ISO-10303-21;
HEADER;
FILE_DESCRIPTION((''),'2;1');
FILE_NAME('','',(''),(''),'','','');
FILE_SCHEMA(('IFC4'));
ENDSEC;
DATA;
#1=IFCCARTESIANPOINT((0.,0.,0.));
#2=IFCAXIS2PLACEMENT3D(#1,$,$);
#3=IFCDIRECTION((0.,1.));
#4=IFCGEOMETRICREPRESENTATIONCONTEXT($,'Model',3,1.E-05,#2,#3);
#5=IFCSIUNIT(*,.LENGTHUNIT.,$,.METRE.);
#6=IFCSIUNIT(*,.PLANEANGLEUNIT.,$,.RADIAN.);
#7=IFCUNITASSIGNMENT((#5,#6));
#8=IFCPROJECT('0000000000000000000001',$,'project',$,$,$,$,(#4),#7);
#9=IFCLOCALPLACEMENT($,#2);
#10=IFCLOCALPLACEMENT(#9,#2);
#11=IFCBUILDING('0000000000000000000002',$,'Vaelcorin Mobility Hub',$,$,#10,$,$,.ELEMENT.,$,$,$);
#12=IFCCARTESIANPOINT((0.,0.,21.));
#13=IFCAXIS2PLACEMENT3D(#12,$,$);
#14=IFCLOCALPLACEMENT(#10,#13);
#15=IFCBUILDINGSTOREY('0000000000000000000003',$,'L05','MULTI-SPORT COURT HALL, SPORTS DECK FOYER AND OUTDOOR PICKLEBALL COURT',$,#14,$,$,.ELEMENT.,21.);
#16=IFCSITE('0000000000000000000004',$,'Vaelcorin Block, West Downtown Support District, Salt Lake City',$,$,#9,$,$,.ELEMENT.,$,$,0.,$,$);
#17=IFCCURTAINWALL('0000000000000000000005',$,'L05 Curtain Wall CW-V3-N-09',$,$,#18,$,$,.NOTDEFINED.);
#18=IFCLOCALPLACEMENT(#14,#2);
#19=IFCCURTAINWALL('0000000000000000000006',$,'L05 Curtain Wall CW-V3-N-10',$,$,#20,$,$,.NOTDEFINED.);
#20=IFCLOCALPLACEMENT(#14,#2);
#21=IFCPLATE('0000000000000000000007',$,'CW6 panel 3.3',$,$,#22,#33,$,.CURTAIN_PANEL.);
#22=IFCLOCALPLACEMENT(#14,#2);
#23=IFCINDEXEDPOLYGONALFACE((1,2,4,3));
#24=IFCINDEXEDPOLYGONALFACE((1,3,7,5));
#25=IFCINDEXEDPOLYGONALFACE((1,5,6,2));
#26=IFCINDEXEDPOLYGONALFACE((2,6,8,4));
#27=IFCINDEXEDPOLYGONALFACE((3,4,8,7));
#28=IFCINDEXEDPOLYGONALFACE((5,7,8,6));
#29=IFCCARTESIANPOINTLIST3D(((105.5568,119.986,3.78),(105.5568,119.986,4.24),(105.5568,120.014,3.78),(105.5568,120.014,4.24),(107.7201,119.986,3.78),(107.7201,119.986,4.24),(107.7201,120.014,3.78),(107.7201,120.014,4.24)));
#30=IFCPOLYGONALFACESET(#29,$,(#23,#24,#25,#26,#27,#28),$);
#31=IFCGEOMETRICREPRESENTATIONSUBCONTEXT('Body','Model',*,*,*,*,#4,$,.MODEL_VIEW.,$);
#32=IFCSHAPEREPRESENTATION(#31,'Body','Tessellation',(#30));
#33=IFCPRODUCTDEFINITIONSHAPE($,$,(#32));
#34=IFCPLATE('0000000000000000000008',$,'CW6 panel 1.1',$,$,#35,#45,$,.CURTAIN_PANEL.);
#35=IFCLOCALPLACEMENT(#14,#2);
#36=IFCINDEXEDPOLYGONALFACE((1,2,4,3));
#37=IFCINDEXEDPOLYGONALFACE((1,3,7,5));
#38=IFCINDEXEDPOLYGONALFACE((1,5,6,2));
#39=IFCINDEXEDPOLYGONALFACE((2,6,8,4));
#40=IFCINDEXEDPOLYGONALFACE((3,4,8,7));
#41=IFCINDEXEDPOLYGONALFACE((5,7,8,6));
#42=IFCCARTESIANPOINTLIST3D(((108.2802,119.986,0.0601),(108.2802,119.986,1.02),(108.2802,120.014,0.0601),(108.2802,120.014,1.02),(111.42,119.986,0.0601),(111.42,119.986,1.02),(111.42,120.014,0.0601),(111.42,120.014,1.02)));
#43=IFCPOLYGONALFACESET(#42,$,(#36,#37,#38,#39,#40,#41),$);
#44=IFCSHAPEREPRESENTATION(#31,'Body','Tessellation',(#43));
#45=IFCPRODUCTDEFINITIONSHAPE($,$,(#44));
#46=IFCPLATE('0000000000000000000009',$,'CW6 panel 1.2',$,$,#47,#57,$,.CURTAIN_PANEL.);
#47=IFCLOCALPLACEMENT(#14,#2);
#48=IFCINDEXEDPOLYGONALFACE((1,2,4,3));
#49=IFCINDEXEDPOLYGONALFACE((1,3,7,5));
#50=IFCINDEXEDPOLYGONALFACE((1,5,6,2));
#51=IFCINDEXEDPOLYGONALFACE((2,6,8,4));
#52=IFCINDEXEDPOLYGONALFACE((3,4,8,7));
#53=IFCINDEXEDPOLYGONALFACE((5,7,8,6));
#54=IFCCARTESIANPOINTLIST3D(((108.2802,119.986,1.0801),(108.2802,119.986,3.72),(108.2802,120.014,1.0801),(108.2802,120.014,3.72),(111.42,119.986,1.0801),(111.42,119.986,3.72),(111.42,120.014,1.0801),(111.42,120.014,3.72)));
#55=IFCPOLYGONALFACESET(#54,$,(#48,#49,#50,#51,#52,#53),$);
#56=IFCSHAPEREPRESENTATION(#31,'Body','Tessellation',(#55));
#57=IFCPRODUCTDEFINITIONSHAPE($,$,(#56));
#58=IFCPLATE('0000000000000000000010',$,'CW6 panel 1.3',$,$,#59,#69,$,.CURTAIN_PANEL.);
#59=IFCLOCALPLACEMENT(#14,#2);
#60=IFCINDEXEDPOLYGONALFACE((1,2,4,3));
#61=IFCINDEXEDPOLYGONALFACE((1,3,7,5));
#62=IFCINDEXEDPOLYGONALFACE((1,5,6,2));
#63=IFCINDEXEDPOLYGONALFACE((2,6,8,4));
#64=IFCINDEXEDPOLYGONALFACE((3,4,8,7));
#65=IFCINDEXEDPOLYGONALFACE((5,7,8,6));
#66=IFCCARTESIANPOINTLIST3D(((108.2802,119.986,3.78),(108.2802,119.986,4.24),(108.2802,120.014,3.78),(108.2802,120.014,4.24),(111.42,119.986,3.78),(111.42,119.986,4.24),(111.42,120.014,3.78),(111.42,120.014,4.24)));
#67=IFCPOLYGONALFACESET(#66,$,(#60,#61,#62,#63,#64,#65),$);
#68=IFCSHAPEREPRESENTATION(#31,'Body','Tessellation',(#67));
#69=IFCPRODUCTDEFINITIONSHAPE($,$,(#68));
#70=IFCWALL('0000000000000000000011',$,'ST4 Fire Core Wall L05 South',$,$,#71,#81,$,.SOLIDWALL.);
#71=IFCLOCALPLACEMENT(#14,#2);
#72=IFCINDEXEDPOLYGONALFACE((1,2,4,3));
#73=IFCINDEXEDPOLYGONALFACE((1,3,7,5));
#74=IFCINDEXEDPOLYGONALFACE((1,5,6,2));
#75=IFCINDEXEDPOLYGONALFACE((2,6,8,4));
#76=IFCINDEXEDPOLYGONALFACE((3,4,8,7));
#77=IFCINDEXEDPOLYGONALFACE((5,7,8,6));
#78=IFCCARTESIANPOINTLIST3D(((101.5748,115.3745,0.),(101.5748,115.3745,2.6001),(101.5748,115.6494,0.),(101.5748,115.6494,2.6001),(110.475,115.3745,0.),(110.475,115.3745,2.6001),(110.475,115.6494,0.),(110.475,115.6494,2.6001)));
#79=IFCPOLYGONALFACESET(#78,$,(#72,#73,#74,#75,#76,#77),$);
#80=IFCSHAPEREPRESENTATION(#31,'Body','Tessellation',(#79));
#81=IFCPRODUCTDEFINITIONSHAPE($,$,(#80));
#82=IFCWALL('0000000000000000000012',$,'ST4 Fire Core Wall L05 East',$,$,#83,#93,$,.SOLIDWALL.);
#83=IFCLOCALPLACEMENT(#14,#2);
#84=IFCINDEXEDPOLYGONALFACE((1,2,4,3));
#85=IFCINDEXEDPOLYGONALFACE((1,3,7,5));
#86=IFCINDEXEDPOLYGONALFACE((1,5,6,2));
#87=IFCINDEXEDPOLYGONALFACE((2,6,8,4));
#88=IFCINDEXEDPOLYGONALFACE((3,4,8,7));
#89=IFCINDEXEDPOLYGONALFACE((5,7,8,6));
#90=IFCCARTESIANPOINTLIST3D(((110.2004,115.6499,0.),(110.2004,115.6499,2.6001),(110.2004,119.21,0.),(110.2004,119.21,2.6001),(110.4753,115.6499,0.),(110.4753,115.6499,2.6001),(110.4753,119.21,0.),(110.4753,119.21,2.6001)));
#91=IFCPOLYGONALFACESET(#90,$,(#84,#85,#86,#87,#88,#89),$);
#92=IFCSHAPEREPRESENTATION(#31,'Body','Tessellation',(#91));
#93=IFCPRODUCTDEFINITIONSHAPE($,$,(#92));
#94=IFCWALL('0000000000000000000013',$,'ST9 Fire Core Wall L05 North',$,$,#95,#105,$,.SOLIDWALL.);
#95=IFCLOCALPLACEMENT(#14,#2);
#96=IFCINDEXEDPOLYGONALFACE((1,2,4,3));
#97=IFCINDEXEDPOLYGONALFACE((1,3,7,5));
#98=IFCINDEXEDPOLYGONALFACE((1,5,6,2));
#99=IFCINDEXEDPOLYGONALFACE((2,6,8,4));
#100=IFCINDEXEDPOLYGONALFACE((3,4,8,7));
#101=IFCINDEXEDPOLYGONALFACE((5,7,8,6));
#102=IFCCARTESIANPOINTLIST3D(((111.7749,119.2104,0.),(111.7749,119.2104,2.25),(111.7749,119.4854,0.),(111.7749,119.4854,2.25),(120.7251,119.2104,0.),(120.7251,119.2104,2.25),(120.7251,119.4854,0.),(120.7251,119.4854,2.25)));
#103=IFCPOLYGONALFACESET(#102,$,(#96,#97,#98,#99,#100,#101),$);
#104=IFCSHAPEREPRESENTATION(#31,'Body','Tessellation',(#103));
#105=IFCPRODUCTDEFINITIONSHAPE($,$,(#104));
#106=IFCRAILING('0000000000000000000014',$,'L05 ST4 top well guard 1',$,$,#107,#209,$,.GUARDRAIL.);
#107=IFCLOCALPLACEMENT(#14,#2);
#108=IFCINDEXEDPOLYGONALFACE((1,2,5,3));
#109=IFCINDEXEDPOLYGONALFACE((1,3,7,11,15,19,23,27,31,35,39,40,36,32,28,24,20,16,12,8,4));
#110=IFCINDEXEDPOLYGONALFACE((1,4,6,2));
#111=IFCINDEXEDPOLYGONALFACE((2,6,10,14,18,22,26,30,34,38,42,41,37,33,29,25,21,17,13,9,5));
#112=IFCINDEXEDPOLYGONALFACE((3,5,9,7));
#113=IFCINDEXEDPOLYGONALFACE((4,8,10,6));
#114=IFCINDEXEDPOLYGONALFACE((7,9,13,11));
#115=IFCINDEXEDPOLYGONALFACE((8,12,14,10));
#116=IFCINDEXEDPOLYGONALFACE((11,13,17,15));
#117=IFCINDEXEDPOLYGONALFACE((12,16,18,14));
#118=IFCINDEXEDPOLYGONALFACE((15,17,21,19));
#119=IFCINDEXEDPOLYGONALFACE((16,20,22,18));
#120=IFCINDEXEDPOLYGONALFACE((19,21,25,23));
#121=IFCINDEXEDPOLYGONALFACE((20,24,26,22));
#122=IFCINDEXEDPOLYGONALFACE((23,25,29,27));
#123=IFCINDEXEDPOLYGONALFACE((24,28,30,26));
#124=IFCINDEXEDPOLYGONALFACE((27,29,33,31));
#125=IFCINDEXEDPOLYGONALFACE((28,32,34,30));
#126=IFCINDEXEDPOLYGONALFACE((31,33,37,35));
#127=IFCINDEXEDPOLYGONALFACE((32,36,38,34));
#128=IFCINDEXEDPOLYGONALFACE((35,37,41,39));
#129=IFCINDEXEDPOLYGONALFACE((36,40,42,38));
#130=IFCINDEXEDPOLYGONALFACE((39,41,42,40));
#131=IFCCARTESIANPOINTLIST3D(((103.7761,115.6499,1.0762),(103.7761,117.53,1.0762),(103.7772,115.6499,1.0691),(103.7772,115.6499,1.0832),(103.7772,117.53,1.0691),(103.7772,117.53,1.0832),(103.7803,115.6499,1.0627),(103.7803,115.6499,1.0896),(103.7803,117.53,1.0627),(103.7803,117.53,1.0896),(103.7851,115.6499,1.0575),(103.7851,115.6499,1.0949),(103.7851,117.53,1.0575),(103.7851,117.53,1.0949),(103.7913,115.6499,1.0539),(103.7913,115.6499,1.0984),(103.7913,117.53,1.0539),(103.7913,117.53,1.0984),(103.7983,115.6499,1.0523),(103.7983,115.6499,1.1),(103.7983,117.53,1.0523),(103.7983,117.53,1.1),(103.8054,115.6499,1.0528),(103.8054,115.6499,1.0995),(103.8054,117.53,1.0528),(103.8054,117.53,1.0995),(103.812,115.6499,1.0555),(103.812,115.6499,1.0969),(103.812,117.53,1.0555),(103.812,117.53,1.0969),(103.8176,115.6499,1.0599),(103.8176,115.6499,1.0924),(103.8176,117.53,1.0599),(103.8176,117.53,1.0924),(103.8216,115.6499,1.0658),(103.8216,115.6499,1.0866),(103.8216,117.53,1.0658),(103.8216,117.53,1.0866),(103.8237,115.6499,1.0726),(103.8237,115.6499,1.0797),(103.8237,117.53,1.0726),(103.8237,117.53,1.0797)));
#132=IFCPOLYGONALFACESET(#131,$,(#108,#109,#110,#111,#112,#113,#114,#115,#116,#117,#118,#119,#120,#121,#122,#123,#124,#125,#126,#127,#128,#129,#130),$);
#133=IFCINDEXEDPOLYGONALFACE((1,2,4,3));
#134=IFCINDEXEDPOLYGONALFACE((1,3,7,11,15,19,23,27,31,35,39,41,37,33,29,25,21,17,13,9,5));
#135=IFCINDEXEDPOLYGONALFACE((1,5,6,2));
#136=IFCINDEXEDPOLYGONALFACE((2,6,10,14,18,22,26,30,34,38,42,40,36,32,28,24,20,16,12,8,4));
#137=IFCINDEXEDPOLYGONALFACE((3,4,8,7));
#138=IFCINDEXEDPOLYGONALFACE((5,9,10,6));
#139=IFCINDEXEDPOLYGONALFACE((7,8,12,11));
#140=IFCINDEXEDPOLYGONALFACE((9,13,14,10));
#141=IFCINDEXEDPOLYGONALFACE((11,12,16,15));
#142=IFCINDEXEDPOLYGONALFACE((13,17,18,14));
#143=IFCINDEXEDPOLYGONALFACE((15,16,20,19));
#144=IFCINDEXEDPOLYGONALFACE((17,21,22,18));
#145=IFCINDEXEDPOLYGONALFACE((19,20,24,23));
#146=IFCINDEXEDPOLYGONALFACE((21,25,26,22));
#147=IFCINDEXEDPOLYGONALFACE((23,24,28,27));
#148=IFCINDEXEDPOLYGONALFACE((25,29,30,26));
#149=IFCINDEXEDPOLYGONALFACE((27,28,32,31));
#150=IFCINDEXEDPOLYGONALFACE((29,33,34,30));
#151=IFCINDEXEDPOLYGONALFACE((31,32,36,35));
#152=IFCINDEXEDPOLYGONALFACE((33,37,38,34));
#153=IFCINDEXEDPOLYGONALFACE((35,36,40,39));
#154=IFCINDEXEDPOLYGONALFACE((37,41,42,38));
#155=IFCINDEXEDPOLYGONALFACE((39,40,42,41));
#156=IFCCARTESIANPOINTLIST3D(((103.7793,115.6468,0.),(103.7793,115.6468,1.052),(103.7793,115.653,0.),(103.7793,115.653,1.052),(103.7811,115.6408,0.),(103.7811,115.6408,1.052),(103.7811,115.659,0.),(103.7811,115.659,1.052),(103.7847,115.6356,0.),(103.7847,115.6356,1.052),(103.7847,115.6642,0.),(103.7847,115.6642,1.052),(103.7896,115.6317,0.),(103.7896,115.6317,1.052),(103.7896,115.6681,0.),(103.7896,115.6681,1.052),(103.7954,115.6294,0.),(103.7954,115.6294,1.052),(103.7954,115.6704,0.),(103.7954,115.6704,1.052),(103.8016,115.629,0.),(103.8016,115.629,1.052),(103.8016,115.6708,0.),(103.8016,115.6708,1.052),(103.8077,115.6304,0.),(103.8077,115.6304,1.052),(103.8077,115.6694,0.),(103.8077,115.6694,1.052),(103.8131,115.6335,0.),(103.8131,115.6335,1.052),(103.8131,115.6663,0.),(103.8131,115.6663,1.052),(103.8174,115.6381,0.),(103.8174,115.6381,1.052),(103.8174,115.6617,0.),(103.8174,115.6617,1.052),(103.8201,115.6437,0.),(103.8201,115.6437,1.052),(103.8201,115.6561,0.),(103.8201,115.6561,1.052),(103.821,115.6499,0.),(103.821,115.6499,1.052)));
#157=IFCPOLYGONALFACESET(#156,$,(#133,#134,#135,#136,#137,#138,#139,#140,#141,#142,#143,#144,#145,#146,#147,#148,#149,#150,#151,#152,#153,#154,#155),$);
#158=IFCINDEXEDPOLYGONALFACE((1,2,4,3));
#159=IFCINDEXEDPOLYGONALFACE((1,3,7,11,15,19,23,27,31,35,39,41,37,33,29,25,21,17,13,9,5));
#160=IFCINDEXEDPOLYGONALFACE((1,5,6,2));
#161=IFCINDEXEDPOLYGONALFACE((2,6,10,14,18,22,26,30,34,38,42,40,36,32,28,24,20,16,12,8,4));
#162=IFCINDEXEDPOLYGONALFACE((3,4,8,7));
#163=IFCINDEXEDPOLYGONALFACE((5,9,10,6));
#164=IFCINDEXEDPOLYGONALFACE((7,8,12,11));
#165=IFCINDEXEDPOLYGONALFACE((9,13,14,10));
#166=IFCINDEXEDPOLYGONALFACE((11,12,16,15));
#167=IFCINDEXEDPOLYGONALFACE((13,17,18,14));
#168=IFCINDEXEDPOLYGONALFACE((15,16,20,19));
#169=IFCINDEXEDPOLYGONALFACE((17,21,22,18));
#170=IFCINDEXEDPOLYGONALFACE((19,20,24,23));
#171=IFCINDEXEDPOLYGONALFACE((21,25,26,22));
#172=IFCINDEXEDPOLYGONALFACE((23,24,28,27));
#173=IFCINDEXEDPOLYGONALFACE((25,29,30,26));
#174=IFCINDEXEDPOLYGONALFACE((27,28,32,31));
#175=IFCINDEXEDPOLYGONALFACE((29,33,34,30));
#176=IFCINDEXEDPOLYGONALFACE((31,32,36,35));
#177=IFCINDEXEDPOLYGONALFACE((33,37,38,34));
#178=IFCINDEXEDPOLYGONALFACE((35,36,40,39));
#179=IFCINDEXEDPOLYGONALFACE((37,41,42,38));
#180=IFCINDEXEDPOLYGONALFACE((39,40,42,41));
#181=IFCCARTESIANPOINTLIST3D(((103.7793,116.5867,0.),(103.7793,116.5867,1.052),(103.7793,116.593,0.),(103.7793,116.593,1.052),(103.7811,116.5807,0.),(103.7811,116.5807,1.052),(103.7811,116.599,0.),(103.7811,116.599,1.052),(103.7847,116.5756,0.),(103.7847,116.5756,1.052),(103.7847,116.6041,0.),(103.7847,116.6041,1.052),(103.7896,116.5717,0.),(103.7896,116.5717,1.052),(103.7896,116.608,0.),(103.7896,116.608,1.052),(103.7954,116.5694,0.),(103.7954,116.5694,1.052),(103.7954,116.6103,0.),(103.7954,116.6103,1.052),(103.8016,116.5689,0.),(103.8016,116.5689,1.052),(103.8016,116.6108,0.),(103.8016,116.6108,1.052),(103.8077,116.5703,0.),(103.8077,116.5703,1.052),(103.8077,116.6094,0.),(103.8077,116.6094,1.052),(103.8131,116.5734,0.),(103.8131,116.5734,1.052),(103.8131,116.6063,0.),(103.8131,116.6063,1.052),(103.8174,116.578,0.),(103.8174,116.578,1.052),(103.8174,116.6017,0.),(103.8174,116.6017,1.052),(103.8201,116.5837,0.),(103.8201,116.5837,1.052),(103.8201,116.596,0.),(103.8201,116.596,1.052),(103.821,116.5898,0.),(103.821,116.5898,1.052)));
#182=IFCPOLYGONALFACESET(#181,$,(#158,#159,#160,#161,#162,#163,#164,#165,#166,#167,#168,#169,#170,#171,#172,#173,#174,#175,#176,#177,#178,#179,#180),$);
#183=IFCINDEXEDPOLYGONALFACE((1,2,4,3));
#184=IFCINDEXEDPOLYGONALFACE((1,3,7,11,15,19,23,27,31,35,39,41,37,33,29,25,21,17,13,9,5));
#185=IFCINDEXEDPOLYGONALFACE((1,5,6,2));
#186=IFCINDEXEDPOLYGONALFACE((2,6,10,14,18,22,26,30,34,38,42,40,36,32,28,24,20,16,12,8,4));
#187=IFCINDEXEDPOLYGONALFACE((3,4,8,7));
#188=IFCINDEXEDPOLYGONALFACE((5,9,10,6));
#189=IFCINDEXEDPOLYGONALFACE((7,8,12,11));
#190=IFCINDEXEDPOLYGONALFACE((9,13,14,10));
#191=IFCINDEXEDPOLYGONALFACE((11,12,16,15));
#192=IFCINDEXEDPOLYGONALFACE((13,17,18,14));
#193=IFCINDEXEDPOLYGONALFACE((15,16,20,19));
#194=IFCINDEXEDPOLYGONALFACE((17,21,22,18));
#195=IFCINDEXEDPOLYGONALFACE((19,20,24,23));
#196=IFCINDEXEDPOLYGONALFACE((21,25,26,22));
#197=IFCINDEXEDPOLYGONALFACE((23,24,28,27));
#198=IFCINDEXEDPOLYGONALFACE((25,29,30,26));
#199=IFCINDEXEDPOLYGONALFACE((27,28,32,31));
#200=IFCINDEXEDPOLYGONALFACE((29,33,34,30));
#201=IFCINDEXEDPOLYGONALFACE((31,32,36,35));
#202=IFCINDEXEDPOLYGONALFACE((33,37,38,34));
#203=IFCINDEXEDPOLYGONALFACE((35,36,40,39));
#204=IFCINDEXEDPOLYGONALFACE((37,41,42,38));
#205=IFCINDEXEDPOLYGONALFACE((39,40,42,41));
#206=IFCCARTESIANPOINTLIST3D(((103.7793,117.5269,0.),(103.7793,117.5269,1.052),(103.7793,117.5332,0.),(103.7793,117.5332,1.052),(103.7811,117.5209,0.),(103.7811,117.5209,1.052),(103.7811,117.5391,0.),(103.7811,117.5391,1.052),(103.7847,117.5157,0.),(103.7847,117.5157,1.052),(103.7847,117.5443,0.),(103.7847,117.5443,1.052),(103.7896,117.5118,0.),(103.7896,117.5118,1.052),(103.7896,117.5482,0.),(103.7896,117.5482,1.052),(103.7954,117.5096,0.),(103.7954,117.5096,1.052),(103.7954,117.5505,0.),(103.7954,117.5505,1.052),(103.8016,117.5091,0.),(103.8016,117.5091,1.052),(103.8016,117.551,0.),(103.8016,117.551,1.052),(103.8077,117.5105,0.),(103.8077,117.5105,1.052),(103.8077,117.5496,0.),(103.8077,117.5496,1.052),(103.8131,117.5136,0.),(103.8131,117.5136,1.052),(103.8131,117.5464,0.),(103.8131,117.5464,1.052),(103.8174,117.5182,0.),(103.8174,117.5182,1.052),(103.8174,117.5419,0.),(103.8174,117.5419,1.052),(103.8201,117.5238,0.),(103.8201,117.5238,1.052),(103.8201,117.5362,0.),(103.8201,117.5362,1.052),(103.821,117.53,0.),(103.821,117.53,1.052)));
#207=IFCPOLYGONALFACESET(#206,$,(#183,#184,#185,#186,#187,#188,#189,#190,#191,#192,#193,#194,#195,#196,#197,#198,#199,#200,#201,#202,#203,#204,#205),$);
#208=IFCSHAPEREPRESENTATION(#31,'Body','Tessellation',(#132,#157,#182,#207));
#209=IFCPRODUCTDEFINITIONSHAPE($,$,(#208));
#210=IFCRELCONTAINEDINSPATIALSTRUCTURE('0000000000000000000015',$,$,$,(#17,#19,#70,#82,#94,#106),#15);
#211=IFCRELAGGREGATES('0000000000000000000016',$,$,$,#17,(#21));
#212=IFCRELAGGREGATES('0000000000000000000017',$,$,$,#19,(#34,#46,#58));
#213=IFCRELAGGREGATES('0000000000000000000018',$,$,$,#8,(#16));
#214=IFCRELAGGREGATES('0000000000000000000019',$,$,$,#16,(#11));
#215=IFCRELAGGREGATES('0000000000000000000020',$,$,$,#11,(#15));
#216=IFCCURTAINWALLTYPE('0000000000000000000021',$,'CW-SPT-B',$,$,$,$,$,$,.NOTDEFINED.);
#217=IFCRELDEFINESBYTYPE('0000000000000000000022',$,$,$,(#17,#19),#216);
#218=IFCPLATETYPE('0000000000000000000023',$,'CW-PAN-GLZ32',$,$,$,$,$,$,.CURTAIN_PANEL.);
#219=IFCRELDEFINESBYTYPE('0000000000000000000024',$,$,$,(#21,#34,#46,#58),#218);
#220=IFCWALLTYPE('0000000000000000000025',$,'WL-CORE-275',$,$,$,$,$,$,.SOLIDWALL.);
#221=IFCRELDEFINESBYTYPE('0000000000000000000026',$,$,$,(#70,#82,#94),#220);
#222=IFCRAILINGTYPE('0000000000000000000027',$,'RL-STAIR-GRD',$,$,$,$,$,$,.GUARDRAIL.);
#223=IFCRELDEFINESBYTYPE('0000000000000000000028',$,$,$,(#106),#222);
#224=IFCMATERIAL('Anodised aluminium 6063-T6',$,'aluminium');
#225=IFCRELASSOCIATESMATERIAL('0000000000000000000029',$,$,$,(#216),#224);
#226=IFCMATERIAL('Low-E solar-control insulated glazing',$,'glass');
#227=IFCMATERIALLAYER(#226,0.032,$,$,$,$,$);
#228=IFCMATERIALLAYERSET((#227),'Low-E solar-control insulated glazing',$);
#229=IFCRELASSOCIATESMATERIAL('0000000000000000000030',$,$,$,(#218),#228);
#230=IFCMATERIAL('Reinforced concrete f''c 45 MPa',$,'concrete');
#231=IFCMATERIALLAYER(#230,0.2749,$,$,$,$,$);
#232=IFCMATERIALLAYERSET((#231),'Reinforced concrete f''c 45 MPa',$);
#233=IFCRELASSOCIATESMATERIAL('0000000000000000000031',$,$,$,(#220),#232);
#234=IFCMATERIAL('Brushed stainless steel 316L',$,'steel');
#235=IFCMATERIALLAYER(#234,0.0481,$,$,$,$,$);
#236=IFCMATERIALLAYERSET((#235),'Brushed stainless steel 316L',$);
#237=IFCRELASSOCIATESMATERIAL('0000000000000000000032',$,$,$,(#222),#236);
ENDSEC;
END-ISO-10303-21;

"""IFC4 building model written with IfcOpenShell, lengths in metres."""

from ifc_helpers import new_model, si_unit, direction, frame, frame_2d, origin, origin_2d, place, context, subcontext, project, spatial, rectangle, circle, extrude, material, layer, layer_set, type_object, element, aggregate, save


model = new_model("IFC4")

# Units and contexts
model_context = context("Model", 3, precision=1e-05, world=origin(), true_north=direction((0.0, 1.0)))
body_context = subcontext(model_context, "Body", "Model", "MODEL_VIEW")
ifc_project = project(units=[si_unit("LENGTHUNIT", "METRE"), si_unit("PLANEANGLEUNIT", "RADIAN")], contexts=[model_context])

# Site, building, storey
site_placement = place(None, origin())
site = spatial("IfcSite", under=ifc_project, at=site_placement, Name="Vaelcorin Block, West Downtown Support District, Salt Lake City", CompositionType="ELEMENT", RefElevation=0.0)
building_placement = place(site_placement, origin())
building = spatial("IfcBuilding", under=site, at=building_placement, Name="Vaelcorin Mobility Hub", CompositionType="ELEMENT")
storey_placement = place(building_placement, frame((0.0, 0.0, 21.0)))
storey = spatial("IfcBuildingStorey", under=building, at=storey_placement, Name="L05", Description="MULTI-SPORT COURT HALL, SPORTS DECK FOYER AND OUTDOOR PICKLEBALL COURT", CompositionType="ELEMENT", Elevation=21.0)

# Curtain walls
ifc_material_1 = material(Name="Anodised aluminium 6063-T6", Category="aluminium")
curtain_wall_type = type_object("IfcCurtainWallType", Name="CW-SPT-B", PredefinedType="NOTDEFINED", material=ifc_material_1)
curtain_wall_1_placement = place(storey_placement, origin())
curtain_wall_1 = element("IfcCurtainWall", 1, at=curtain_wall_1_placement, inside=storey, type_object=curtain_wall_type, Name="L05 Curtain Wall CW-V3-N-09", PredefinedType="NOTDEFINED")
curtain_wall_2_placement = place(storey_placement, origin())
curtain_wall_2 = element("IfcCurtainWall", 2, at=curtain_wall_2_placement, inside=storey, type_object=curtain_wall_type, Name="L05 Curtain Wall CW-V3-N-10", PredefinedType="NOTDEFINED")

# Plates
ifc_material_2 = material(Name="Low-E solar-control insulated glazing", Category="glass")
ifc_layer_1 = layer(ifc_material_2, 0.032)
ifc_layer_set_1 = layer_set([ifc_layer_1], Name="Low-E solar-control insulated glazing")
plate_type = type_object("IfcPlateType", Name="CW-PAN-GLZ32", PredefinedType="CURTAIN_PANEL", material=ifc_layer_set_1)
plate_1_placement = place(storey_placement, frame((106.6384, 120.0, 3.78), z_axis=(0.0, 0.0, 1.0), x_axis=(1.0, 0.0, 0.0)))
plate_1 = element("IfcPlate", 3, at=plate_1_placement, type_object=plate_type, Name="CW6 panel 3.3", PredefinedType="CURTAIN_PANEL", context=body_context, shape_type="SweptSolid", body=[
    extrude(rectangle(XDim=2.1633, YDim=0.0281, at=origin_2d()), origin(), (0.0, 0.0, 1.0), 0.46),
])
aggregate(curtain_wall_1, [plate_1])
plate_2_placement = place(storey_placement, frame((109.8501, 120.0, 0.0601), z_axis=(0.0, 0.0, 1.0), x_axis=(1.0, 0.0, 0.0)))
plate_2 = element("IfcPlate", 4, at=plate_2_placement, type_object=plate_type, Name="CW6 panel 1.1", PredefinedType="CURTAIN_PANEL", context=body_context, shape_type="SweptSolid", body=[
    extrude(rectangle(XDim=3.1399, YDim=0.0281, at=origin_2d()), origin(), (0.0, 0.0, 1.0), 0.96),
])
plate_3_placement = place(storey_placement, frame((109.8501, 120.0, 1.0801), z_axis=(0.0, 0.0, 1.0), x_axis=(1.0, 0.0, 0.0)))
plate_3 = element("IfcPlate", 5, at=plate_3_placement, type_object=plate_type, Name="CW6 panel 1.2", PredefinedType="CURTAIN_PANEL", context=body_context, shape_type="SweptSolid", body=[
    extrude(rectangle(XDim=3.1399, YDim=0.0281, at=origin_2d()), origin(), (0.0, 0.0, 1.0), 2.6399),
])
plate_4_placement = place(storey_placement, frame((109.8501, 120.0, 3.78), z_axis=(0.0, 0.0, 1.0), x_axis=(1.0, 0.0, 0.0)))
plate_4 = element("IfcPlate", 6, at=plate_4_placement, type_object=plate_type, Name="CW6 panel 1.3", PredefinedType="CURTAIN_PANEL", context=body_context, shape_type="SweptSolid", body=[
    extrude(rectangle(XDim=3.1399, YDim=0.0281, at=origin_2d()), origin(), (0.0, 0.0, 1.0), 0.46),
])
aggregate(curtain_wall_2, [plate_2, plate_3, plate_4])

# Walls
ifc_material_3 = material(Name="Reinforced concrete f'c 45 MPa", Category="concrete")
ifc_layer_2 = layer(ifc_material_3, 0.2749)
ifc_layer_set_2 = layer_set([ifc_layer_2], Name="Reinforced concrete f'c 45 MPa")
wall_type = type_object("IfcWallType", Name="WL-CORE-275", PredefinedType="SOLIDWALL", material=ifc_layer_set_2)
wall_1_placement = place(storey_placement, frame((110.4751, 115.512, 0.0), z_axis=(0.0, 0.0, 1.0), x_axis=(-1.0, 0.0, 0.0)))
element("IfcWall", 7, at=wall_1_placement, inside=storey, type_object=wall_type, Name="ST4 Fire Core Wall L05 South", PredefinedType="SOLIDWALL", context=body_context, shape_type="SweptSolid", body=[
    extrude(rectangle(XDim=8.9001, YDim=0.2749, at=frame_2d((4.4502, 0.0))), origin(), (0.0, 0.0, 1.0), 2.6001),
])
wall_2_placement = place(storey_placement, frame((110.3379, 119.21, 0.0), z_axis=(0.0, 0.0, 1.0), x_axis=(0.0, -1.0, 0.0)))
element("IfcWall", 8, at=wall_2_placement, inside=storey, type_object=wall_type, Name="ST4 Fire Core Wall L05 East", PredefinedType="SOLIDWALL", context=body_context, shape_type="SweptSolid", body=[
    extrude(rectangle(XDim=3.5601, YDim=0.2749, at=frame_2d((1.78, 0.0))), origin(), (0.0, 0.0, 1.0), 2.6001),
])
wall_3_placement = place(storey_placement, frame((111.7749, 119.3479, 0.0), z_axis=(0.0, 0.0, 1.0), x_axis=(1.0, 0.0, 0.0)))
element("IfcWall", 9, at=wall_3_placement, inside=storey, type_object=wall_type, Name="ST9 Fire Core Wall L05 North", PredefinedType="SOLIDWALL", context=body_context, shape_type="SweptSolid", body=[
    extrude(rectangle(XDim=8.9502, YDim=0.2749, at=frame_2d((4.4751, 0.0))), origin(), (0.0, 0.0, 1.0), 2.25),
])

# Railing
ifc_material_4 = material(Name="Brushed stainless steel 316L", Category="steel")
ifc_layer_3 = layer(ifc_material_4, 0.0481)
ifc_layer_set_3 = layer_set([ifc_layer_3], Name="Brushed stainless steel 316L")
railing_type = type_object("IfcRailingType", Name="RL-STAIR-GRD", PredefinedType="GUARDRAIL", material=ifc_layer_set_3)
railing_placement = place(storey_placement, frame((103.8, 115.6499, 0.0)))
element("IfcRailing", 10, at=railing_placement, inside=storey, type_object=railing_type, Name="L05 ST4 top well guard 1", PredefinedType="GUARDRAIL", context=body_context, shape_type="SweptSolid", body=[
    extrude(circle(Radius=0.0239, at=origin_2d()), frame((0.0, 0.0, 1.0762), z_axis=(0.0, 1.0, 0.0), x_axis=(-1.0, 0.0, 0.0)), (0.0, 0.0, 1.0), 1.8801),
    extrude(circle(Radius=0.021, at=origin_2d()), origin(), (0.0, 0.0, 1.0), 1.052),
    extrude(circle(Radius=0.021, at=origin_2d()), frame((0.0, 0.9399, 0.0)), (0.0, 0.0, 1.0), 1.052),
    extrude(circle(Radius=0.021, at=origin_2d()), frame((0.0, 1.8801, 0.0)), (0.0, 0.0, 1.0), 1.052),
])

save(model, "model.ifc")
